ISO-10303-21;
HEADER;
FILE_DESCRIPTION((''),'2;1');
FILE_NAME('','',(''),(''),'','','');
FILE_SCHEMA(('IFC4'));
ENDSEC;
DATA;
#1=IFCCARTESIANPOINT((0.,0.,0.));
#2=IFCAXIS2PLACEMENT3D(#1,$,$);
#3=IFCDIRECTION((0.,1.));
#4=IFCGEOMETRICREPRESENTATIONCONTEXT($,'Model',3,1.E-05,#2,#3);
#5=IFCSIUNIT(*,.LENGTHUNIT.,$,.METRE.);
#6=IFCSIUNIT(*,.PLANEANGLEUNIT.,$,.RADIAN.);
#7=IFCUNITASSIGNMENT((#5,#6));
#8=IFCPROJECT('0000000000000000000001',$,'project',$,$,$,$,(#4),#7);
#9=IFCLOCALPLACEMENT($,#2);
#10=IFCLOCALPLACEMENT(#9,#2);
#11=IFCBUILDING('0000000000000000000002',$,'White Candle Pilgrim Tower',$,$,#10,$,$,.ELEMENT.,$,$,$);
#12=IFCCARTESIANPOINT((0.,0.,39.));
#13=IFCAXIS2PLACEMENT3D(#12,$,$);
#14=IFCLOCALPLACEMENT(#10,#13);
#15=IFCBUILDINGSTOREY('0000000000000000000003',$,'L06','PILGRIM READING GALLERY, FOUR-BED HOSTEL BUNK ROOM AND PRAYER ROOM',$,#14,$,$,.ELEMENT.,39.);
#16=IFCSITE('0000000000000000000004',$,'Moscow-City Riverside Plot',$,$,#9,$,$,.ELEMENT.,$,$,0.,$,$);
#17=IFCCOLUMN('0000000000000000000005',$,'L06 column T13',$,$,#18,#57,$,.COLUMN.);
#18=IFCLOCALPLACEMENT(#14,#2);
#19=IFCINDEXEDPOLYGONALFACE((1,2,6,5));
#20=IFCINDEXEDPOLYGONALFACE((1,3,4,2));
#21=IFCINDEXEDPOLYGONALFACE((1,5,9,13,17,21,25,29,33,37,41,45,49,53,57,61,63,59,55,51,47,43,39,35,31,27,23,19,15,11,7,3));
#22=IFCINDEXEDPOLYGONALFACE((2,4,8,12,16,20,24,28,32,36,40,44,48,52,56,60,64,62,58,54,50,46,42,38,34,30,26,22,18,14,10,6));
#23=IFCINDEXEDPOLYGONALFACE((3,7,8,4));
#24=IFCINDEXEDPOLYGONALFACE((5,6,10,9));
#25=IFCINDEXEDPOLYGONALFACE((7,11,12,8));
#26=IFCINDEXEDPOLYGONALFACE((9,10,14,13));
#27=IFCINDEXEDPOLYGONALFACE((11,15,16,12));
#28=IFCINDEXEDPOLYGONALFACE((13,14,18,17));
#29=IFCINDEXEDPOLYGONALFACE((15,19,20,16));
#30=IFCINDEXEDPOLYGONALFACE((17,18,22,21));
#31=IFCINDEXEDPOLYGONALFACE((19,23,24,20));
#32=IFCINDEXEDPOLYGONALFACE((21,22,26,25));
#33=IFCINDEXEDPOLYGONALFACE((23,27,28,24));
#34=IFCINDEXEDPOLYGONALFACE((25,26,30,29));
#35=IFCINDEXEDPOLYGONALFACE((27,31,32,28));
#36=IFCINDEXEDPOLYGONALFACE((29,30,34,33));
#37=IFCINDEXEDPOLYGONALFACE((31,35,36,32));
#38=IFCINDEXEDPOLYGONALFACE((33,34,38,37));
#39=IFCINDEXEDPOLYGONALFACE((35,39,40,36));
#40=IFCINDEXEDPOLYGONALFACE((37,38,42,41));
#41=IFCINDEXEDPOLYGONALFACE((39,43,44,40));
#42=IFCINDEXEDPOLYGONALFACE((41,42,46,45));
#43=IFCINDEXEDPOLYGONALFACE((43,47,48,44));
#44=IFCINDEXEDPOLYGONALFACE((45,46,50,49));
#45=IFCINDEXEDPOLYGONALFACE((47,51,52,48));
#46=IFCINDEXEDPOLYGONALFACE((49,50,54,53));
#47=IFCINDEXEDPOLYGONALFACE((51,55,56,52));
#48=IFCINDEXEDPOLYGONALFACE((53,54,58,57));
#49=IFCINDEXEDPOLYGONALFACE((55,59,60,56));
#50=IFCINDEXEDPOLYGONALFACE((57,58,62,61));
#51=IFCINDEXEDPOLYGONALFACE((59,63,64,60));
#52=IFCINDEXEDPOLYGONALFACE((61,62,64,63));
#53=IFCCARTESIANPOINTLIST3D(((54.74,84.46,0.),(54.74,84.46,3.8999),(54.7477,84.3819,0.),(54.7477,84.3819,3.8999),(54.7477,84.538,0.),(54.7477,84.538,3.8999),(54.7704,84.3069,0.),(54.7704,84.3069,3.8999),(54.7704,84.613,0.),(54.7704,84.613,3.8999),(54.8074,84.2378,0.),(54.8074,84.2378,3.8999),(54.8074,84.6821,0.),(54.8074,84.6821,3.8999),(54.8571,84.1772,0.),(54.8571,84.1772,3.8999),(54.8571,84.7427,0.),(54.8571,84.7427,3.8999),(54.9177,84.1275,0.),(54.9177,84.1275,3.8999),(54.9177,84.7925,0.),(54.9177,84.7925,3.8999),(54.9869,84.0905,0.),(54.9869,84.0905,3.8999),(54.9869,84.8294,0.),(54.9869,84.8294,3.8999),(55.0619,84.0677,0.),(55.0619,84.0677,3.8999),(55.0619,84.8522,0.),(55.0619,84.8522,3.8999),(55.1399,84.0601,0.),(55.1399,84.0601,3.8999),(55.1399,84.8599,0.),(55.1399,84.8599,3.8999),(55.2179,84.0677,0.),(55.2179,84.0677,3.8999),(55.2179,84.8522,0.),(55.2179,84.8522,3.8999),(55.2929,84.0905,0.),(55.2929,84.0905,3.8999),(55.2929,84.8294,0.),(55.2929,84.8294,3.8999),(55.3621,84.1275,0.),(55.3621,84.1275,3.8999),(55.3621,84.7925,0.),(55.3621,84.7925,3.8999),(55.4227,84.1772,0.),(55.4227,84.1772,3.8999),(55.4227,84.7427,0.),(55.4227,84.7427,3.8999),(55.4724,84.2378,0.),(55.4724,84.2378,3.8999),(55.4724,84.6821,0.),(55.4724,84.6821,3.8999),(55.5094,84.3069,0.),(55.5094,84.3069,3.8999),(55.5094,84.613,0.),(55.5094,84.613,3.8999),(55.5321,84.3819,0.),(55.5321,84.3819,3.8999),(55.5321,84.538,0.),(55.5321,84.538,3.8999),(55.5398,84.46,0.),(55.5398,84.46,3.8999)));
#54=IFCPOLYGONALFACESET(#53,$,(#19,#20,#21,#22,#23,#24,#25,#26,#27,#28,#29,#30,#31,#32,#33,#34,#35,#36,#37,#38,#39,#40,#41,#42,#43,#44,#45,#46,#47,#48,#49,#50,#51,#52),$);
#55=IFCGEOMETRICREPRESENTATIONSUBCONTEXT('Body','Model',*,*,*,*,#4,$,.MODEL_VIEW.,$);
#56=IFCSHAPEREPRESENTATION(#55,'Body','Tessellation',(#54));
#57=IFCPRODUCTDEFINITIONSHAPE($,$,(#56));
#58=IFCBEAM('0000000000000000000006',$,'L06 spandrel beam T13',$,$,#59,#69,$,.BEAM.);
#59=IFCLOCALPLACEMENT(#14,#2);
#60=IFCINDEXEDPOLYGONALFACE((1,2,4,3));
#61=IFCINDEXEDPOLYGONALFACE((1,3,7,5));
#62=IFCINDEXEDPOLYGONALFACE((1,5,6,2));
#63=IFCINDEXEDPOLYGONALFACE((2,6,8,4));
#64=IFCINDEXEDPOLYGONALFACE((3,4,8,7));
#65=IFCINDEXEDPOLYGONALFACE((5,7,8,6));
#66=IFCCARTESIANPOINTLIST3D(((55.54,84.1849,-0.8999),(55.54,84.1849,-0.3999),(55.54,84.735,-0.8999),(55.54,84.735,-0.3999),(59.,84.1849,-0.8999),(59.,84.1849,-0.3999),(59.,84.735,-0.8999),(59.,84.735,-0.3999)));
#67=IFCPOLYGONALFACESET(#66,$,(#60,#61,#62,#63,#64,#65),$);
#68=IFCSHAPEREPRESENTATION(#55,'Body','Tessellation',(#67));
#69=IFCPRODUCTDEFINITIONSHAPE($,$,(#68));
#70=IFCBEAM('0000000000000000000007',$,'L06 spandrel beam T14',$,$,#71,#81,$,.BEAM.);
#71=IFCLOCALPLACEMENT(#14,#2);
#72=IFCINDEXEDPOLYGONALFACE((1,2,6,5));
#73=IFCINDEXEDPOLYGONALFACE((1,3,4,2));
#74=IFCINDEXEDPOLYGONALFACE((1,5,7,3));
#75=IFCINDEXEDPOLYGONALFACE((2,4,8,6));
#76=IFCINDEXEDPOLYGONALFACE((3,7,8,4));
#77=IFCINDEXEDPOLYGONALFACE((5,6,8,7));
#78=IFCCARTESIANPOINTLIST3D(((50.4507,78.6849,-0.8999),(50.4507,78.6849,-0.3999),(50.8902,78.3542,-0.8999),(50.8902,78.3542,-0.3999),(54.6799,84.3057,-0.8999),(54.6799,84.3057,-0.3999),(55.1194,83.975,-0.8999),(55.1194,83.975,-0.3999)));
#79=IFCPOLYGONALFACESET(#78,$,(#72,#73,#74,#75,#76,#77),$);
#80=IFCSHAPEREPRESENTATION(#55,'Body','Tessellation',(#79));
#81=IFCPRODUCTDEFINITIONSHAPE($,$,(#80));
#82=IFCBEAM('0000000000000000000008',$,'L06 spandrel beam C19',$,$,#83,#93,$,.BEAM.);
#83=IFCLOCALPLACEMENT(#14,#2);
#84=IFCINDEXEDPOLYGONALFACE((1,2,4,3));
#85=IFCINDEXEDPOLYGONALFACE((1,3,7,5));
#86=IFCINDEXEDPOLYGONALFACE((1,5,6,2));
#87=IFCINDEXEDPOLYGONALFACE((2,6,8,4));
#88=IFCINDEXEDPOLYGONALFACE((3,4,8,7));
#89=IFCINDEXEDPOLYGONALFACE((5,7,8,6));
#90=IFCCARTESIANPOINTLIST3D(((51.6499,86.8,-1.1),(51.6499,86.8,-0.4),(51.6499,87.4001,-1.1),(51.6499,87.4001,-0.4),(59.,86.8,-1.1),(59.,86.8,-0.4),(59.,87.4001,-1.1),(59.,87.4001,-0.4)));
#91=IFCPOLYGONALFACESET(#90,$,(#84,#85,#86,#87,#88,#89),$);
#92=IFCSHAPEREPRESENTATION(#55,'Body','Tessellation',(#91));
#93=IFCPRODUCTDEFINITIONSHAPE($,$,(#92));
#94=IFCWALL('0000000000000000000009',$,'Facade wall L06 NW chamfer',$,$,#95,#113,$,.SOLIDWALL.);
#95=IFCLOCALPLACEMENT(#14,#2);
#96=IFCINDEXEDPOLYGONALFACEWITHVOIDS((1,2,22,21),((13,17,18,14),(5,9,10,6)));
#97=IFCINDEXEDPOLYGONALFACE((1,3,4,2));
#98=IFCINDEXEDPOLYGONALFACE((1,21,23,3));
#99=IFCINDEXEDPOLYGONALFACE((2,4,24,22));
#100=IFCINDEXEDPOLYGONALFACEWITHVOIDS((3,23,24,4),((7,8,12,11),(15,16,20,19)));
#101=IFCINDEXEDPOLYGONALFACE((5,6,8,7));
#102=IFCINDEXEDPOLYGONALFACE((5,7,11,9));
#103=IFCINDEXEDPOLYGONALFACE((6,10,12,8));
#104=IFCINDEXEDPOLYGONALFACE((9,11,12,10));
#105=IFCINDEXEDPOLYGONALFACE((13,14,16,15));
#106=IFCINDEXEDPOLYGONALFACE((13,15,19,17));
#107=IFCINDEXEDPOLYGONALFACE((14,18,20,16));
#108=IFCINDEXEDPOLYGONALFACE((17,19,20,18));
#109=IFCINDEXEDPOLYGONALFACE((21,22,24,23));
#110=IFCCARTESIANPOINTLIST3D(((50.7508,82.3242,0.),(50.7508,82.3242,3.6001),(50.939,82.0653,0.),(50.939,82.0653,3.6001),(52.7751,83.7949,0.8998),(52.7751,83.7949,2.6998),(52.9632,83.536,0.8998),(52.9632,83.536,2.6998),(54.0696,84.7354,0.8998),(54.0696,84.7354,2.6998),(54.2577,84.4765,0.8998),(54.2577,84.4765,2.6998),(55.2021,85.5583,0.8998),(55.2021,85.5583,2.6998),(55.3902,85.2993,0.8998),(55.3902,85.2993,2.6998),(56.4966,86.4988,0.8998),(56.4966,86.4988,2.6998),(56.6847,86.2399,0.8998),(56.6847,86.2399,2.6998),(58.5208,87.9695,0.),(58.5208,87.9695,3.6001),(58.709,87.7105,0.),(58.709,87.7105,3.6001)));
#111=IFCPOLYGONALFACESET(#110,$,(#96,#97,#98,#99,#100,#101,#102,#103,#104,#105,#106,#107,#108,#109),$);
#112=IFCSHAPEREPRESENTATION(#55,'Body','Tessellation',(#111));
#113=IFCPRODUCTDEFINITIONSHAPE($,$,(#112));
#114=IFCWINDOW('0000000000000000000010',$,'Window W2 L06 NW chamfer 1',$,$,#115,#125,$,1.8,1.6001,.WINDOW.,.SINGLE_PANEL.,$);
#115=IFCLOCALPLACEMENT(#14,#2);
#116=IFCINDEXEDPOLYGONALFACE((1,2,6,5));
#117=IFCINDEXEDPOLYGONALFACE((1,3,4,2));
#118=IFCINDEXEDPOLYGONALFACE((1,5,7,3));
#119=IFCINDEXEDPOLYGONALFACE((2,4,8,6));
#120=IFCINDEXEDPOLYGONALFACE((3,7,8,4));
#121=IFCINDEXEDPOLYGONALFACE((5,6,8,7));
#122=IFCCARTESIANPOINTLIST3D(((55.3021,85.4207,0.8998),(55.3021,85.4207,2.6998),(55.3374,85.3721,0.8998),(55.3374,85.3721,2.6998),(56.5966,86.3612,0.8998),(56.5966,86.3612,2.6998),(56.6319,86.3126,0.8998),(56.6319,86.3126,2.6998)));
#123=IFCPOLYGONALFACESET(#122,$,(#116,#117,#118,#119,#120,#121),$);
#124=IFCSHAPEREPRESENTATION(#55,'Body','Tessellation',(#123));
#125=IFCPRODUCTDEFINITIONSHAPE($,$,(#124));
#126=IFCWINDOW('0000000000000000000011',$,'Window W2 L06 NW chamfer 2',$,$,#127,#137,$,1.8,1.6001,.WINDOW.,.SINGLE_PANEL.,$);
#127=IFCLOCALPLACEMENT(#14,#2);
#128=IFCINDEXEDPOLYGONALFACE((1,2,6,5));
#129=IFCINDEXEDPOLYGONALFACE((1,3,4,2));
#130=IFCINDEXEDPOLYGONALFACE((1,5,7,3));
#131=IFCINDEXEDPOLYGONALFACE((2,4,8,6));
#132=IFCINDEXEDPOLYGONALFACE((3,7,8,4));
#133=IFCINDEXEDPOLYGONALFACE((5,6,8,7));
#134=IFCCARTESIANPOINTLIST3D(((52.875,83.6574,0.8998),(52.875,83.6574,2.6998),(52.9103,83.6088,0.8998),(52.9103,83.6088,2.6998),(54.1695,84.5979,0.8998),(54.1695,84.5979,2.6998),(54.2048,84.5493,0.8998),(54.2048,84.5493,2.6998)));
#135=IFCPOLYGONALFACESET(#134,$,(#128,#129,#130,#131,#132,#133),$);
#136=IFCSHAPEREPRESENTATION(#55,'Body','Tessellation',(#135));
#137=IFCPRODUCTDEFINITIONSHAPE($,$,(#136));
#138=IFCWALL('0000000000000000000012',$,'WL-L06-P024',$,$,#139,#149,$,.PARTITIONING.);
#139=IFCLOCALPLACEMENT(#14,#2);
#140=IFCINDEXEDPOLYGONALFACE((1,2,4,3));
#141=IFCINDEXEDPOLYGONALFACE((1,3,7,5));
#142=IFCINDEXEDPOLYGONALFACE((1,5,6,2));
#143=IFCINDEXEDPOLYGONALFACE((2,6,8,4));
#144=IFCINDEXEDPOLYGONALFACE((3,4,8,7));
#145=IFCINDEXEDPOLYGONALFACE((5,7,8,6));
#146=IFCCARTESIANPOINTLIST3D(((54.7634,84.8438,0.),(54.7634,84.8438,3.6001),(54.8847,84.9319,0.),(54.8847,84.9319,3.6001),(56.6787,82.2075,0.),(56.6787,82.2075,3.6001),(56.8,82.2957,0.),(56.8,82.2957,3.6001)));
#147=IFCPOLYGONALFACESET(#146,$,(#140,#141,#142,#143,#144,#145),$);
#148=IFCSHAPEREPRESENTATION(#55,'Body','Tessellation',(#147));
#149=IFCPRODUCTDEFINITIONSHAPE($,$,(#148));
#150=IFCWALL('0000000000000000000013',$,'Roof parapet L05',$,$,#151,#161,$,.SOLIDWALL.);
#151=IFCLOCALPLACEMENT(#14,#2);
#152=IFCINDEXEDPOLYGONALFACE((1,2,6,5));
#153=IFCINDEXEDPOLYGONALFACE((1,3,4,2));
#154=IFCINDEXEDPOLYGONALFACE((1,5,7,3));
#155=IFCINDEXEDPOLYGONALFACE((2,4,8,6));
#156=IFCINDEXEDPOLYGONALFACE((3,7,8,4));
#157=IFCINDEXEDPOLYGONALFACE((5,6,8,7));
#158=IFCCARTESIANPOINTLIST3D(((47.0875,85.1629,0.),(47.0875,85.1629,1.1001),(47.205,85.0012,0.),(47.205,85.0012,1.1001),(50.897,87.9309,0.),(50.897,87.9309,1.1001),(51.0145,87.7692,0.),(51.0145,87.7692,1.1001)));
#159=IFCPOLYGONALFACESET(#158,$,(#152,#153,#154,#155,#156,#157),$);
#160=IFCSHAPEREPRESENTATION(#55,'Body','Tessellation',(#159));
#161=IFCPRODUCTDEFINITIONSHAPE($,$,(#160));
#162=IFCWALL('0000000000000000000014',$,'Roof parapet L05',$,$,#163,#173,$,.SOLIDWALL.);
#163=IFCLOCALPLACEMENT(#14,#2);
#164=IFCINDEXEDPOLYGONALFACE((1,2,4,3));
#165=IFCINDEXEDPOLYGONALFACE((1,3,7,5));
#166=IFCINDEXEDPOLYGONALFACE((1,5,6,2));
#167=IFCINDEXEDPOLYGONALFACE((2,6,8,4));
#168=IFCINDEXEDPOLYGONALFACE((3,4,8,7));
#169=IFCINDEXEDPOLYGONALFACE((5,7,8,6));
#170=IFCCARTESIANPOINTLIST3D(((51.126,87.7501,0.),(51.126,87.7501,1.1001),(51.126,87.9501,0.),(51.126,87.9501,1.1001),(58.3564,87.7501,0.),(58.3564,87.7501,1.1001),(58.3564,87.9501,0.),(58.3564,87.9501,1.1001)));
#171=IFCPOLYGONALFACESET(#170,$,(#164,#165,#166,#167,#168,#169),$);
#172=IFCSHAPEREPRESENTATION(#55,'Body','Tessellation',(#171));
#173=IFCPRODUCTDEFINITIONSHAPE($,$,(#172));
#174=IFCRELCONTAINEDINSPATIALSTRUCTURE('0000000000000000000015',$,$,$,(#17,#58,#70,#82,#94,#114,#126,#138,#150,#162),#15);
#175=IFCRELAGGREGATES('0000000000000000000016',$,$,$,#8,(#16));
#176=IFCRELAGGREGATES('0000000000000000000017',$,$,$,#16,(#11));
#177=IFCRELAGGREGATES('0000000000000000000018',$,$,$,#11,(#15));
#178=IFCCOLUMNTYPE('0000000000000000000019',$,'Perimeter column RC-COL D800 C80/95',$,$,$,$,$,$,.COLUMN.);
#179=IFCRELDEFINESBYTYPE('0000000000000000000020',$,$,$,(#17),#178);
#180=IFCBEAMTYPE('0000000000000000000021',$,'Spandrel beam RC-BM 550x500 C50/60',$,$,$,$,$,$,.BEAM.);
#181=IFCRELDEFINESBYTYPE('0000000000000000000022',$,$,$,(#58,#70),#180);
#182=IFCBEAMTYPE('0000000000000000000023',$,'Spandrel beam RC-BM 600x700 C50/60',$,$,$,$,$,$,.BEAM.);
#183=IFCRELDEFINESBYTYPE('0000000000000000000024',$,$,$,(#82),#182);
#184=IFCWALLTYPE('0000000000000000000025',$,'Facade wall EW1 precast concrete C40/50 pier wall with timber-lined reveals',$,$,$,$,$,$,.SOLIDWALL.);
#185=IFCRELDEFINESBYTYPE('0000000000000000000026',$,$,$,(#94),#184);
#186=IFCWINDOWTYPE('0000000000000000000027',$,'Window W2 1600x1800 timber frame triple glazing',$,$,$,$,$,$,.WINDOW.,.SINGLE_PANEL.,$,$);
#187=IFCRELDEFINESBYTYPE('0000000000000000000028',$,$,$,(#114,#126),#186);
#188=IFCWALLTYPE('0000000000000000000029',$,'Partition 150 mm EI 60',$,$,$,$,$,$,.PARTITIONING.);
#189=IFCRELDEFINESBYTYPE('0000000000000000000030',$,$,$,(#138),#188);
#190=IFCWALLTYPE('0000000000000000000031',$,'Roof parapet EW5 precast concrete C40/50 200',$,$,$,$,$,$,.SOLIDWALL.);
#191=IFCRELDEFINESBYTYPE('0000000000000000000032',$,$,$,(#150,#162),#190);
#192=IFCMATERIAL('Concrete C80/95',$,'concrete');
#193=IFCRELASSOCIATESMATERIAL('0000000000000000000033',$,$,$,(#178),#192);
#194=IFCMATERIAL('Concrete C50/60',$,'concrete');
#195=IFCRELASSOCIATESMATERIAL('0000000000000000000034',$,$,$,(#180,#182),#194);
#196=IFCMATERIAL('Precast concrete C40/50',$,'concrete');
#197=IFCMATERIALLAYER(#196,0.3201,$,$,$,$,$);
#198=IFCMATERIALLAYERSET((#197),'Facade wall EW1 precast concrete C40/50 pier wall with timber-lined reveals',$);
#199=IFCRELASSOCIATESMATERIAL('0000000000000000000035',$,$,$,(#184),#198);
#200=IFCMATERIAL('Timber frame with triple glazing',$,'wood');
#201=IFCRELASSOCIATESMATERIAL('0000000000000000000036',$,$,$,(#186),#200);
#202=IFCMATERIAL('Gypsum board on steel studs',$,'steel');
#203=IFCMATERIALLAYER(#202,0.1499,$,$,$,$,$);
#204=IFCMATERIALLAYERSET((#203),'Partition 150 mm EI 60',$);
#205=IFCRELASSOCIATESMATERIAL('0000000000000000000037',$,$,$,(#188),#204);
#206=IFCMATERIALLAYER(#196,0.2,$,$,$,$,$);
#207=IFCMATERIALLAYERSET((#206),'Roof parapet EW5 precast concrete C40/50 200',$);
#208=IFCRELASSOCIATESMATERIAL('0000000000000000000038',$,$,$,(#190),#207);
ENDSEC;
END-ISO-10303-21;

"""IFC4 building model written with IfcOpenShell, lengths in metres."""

from ifc_helpers import new_model, si_unit, direction, frame, frame_2d, origin, origin_2d, place, context, subcontext, project, spatial, rectangle, circle, extrude, material, layer, layer_set, material_profile, profile_set, type_object, element, fill, save


model = new_model("IFC4")

# Units and contexts
model_context = context("Model", 3, precision=1e-05, world=origin(), true_north=direction((0.0, 1.0)))
body_context = subcontext(model_context, "Body", "Model", "MODEL_VIEW")
ifc_project = project(units=[si_unit("LENGTHUNIT", "METRE"), si_unit("PLANEANGLEUNIT", "RADIAN")], contexts=[model_context])

# Site, building, storey
site_placement = place(None, origin())
site = spatial("IfcSite", under=ifc_project, at=site_placement, Name="Moscow-City Riverside Plot", CompositionType="ELEMENT", RefElevation=0.0)
building_placement = place(site_placement, origin())
building = spatial("IfcBuilding", under=site, at=building_placement, Name="White Candle Pilgrim Tower", CompositionType="ELEMENT")
storey_placement = place(building_placement, frame((0.0, 0.0, 39.0)))
storey = spatial("IfcBuildingStorey", under=building, at=storey_placement, Name="L06", Description="PILGRIM READING GALLERY, FOUR-BED HOSTEL BUNK ROOM AND PRAYER ROOM", CompositionType="ELEMENT", Elevation=39.0)

# Column
ifc_material_1 = material(Name="Concrete C80/95", Category="concrete")
ifc_material_profile_1 = material_profile(ifc_material_1, circle(Radius=0.3999, at=origin_2d()), Name="RC-COL D800")
ifc_profile_set_1 = profile_set([ifc_material_profile_1], Name="Concrete C80/95")
column_type = type_object("IfcColumnType", Name="Perimeter column RC-COL D800 C80/95", PredefinedType="COLUMN", material=ifc_profile_set_1)
column_placement = place(storey_placement, frame((55.1399, 84.46, 0.0), z_axis=(0.0, 0.0, 1.0), x_axis=(1.0, 0.0, 0.0)))
element("IfcColumn", 1, at=column_placement, inside=storey, type_object=column_type, Name="L06 column T13", PredefinedType="COLUMN", context=body_context, shape_type="SweptSolid", body=[
    extrude(circle(Radius=0.3999, at=origin_2d()), origin(), (0.0, 0.0, 1.0), 3.8999),
])

# Beams
ifc_material_2 = material(Name="Concrete C50/60", Category="concrete")
ifc_material_profile_2 = material_profile(ifc_material_2, rectangle(XDim=0.55, YDim=0.5, at=origin_2d()), Name="RC-BM 550x500")
ifc_profile_set_2 = profile_set([ifc_material_profile_2], Name="Concrete C50/60")
beam_type_1 = type_object("IfcBeamType", Name="Spandrel beam RC-BM 550x500 C50/60", PredefinedType="BEAM", material=ifc_profile_set_2)
beam_1_placement = place(storey_placement, frame((55.54, 84.46, -0.6499), z_axis=(1.0, 0.0, 0.0), x_axis=(0.0, 1.0, 0.0)))
element("IfcBeam", 2, at=beam_1_placement, inside=storey, type_object=beam_type_1, Name="L06 spandrel beam T13", PredefinedType="BEAM", context=body_context, shape_type="SweptSolid", body=[
    extrude(rectangle(XDim=0.55, YDim=0.5, at=origin_2d()), origin(), (0.0, 0.0, 1.0), 3.46),
])
beam_2_placement = place(storey_placement, frame((54.8997, 84.1404, -0.6499), z_axis=(-0.601238, -0.79907, 0.0), x_axis=(0.79907, -0.601238, 0.0)))
element("IfcBeam", 3, at=beam_2_placement, inside=storey, type_object=beam_type_1, Name="L06 spandrel beam T14", PredefinedType="BEAM", context=body_context, shape_type="SweptSolid", body=[
    extrude(rectangle(XDim=0.55, YDim=0.5, at=origin_2d()), origin(), (0.0, 0.0, 1.0), 7.0342),
])
ifc_material_profile_3 = material_profile(ifc_material_2, rectangle(XDim=0.6001, YDim=0.7, at=origin_2d()), Name="RC-BM 600x700")
ifc_profile_set_3 = profile_set([ifc_material_profile_3], Name="Concrete C50/60")
beam_type_2 = type_object("IfcBeamType", Name="Spandrel beam RC-BM 600x700 C50/60", PredefinedType="BEAM", material=ifc_profile_set_3)
beam_3_placement = place(storey_placement, frame((51.6499, 87.1001, -0.75), z_axis=(1.0, 0.0, 0.0), x_axis=(0.0, 1.0, 0.0)))
element("IfcBeam", 4, at=beam_3_placement, inside=storey, type_object=beam_type_2, Name="L06 spandrel beam C19", PredefinedType="BEAM", context=body_context, shape_type="SweptSolid", body=[
    extrude(rectangle(XDim=0.6001, YDim=0.7, at=origin_2d()), origin(), (0.0, 0.0, 1.0), 7.3501),
])

# Wall, openings, windows
ifc_material_3 = material(Name="Precast concrete C40/50", Category="concrete")
ifc_layer_1 = layer(ifc_material_3, 0.3201)
ifc_layer_set_1 = layer_set([ifc_layer_1], Name="Facade wall EW1 precast concrete C40/50 pier wall with timber-lined reveals")
wall_type_1 = type_object("IfcWallType", Name="Facade wall EW1 precast concrete C40/50 pier wall with timber-lined reveals", PredefinedType="SOLIDWALL", material=ifc_layer_set_1)
wall_1_placement = place(storey_placement, frame((58.615, 87.8401, 0.0), z_axis=(0.0, 0.0, 1.0), x_axis=(-0.809016, -0.587786, 0.0)))
wall_1 = element("IfcWall", 5, at=wall_1_placement, inside=storey, type_object=wall_type_1, Name="Facade wall L06 NW chamfer", PredefinedType="SOLIDWALL", context=body_context, shape_type="SweptSolid", body=[
    extrude(rectangle(XDim=9.6042, YDim=0.3201, at=frame_2d((4.8022, 0.0))), origin(), (0.0, 0.0, 1.0), 3.6001),
])
opening_1_placement = place(wall_1_placement, frame((2.5022, 0.0, 0.8999)))
opening_1 = element("IfcOpeningElement", 6, at=opening_1_placement, cuts=wall_1, PredefinedType="OPENING", context=body_context, shape_type="SweptSolid", body=[
    extrude(rectangle(XDim=1.6001, YDim=1.8, at=frame_2d((0.8, 0.8999))), frame((0.0, 0.1699, 0.0), z_axis=(0.0, -1.0, 0.0), x_axis=(1.0, 0.0, 0.0)), (0.0, 0.0, 1.0), 0.3401),
])
opening_2_placement = place(wall_1_placement, frame((5.5022, 0.0, 0.8999)))
opening_2 = element("IfcOpeningElement", 7, at=opening_2_placement, cuts=wall_1, PredefinedType="OPENING", context=body_context, shape_type="SweptSolid", body=[
    extrude(rectangle(XDim=1.6001, YDim=1.8, at=frame_2d((0.8, 0.8999))), frame((0.0, 0.1699, 0.0), z_axis=(0.0, -1.0, 0.0), x_axis=(1.0, 0.0, 0.0)), (0.0, 0.0, 1.0), 0.3401),
])
ifc_material_4 = material(Name="Timber frame with triple glazing", Category="wood")
window_type = type_object("IfcWindowType", Name="Window W2 1600x1800 timber frame triple glazing", PartitioningType="SINGLE_PANEL", PredefinedType="WINDOW", material=ifc_material_4)
window_1_placement = place(opening_1_placement, origin())
window_1 = element("IfcWindow", 8, at=window_1_placement, inside=storey, type_object=window_type, Name="Window W2 L06 NW chamfer 1", OverallHeight=1.8, OverallWidth=1.6001, PartitioningType="SINGLE_PANEL", PredefinedType="WINDOW", context=body_context, shape_type="SweptSolid", body=[
    extrude(rectangle(XDim=1.6001, YDim=1.8, at=frame_2d((0.8, 0.8999))), frame((0.0, 0.0701, 0.0), z_axis=(0.0, -1.0, 0.0), x_axis=(1.0, 0.0, 0.0)), (0.0, 0.0, 1.0), 0.0601),
])
fill(opening_1, window_1)
window_2_placement = place(opening_2_placement, origin())
window_2 = element("IfcWindow", 9, at=window_2_placement, inside=storey, type_object=window_type, Name="Window W2 L06 NW chamfer 2", OverallHeight=1.8, OverallWidth=1.6001, PartitioningType="SINGLE_PANEL", PredefinedType="WINDOW", context=body_context, shape_type="SweptSolid", body=[
    extrude(rectangle(XDim=1.6001, YDim=1.8, at=frame_2d((0.8, 0.8999))), frame((0.0, 0.0701, 0.0), z_axis=(0.0, -1.0, 0.0), x_axis=(1.0, 0.0, 0.0)), (0.0, 0.0, 1.0), 0.0601),
])
fill(opening_2, window_2)

# Walls
ifc_material_5 = material(Name="Gypsum board on steel studs", Category="steel")
ifc_layer_2 = layer(ifc_material_5, 0.1499)
ifc_layer_set_2 = layer_set([ifc_layer_2], Name="Partition 150 mm EI 60")
wall_type_2 = type_object("IfcWallType", Name="Partition 150 mm EI 60", PredefinedType="PARTITIONING", material=ifc_layer_set_2)
wall_2_placement = place(storey_placement, frame((54.824, 84.8879, 0.0), z_axis=(0.0, 0.0, 1.0), x_axis=(0.587775, -0.809024, 0.0)))
element("IfcWall", 10, at=wall_2_placement, inside=storey, type_object=wall_type_2, Name="WL-L06-P024", PredefinedType="PARTITIONING", context=body_context, shape_type="SweptSolid", body=[
    extrude(rectangle(XDim=3.2585, YDim=0.1499, at=frame_2d((1.6294, 0.0))), origin(), (0.0, 0.0, 1.0), 3.6001),
])
ifc_layer_3 = layer(ifc_material_3, 0.2)
ifc_layer_set_3 = layer_set([ifc_layer_3], Name="Roof parapet EW5 precast concrete C40/50 200")
wall_type_3 = type_object("IfcWallType", Name="Roof parapet EW5 precast concrete C40/50 200", PredefinedType="SOLIDWALL", material=ifc_layer_set_3)
wall_3_placement = place(storey_placement, frame((47.1462, 85.082, 0.0), z_axis=(0.0, 0.0, 1.0), x_axis=(0.808992, 0.58782, 0.0)))
element("IfcWall", 11, at=wall_3_placement, inside=storey, type_object=wall_type_3, Name="Roof parapet L05", PredefinedType="SOLIDWALL", context=body_context, shape_type="SweptSolid", body=[
    extrude(rectangle(XDim=4.709, YDim=0.2, at=frame_2d((2.3545, 0.0))), origin(), (0.0, 0.0, 1.0), 1.1001),
])
wall_4_placement = place(storey_placement, frame((51.126, 87.8501, 0.0), z_axis=(0.0, 0.0, 1.0), x_axis=(1.0, 0.0, 0.0)))
element("IfcWall", 12, at=wall_4_placement, inside=storey, type_object=wall_type_3, Name="Roof parapet L05", PredefinedType="SOLIDWALL", context=body_context, shape_type="SweptSolid", body=[
    extrude(rectangle(XDim=7.2305, YDim=0.2, at=frame_2d((3.6152, 0.0))), origin(), (0.0, 0.0, 1.0), 1.1001),
])

save(model, "model.ifc")
